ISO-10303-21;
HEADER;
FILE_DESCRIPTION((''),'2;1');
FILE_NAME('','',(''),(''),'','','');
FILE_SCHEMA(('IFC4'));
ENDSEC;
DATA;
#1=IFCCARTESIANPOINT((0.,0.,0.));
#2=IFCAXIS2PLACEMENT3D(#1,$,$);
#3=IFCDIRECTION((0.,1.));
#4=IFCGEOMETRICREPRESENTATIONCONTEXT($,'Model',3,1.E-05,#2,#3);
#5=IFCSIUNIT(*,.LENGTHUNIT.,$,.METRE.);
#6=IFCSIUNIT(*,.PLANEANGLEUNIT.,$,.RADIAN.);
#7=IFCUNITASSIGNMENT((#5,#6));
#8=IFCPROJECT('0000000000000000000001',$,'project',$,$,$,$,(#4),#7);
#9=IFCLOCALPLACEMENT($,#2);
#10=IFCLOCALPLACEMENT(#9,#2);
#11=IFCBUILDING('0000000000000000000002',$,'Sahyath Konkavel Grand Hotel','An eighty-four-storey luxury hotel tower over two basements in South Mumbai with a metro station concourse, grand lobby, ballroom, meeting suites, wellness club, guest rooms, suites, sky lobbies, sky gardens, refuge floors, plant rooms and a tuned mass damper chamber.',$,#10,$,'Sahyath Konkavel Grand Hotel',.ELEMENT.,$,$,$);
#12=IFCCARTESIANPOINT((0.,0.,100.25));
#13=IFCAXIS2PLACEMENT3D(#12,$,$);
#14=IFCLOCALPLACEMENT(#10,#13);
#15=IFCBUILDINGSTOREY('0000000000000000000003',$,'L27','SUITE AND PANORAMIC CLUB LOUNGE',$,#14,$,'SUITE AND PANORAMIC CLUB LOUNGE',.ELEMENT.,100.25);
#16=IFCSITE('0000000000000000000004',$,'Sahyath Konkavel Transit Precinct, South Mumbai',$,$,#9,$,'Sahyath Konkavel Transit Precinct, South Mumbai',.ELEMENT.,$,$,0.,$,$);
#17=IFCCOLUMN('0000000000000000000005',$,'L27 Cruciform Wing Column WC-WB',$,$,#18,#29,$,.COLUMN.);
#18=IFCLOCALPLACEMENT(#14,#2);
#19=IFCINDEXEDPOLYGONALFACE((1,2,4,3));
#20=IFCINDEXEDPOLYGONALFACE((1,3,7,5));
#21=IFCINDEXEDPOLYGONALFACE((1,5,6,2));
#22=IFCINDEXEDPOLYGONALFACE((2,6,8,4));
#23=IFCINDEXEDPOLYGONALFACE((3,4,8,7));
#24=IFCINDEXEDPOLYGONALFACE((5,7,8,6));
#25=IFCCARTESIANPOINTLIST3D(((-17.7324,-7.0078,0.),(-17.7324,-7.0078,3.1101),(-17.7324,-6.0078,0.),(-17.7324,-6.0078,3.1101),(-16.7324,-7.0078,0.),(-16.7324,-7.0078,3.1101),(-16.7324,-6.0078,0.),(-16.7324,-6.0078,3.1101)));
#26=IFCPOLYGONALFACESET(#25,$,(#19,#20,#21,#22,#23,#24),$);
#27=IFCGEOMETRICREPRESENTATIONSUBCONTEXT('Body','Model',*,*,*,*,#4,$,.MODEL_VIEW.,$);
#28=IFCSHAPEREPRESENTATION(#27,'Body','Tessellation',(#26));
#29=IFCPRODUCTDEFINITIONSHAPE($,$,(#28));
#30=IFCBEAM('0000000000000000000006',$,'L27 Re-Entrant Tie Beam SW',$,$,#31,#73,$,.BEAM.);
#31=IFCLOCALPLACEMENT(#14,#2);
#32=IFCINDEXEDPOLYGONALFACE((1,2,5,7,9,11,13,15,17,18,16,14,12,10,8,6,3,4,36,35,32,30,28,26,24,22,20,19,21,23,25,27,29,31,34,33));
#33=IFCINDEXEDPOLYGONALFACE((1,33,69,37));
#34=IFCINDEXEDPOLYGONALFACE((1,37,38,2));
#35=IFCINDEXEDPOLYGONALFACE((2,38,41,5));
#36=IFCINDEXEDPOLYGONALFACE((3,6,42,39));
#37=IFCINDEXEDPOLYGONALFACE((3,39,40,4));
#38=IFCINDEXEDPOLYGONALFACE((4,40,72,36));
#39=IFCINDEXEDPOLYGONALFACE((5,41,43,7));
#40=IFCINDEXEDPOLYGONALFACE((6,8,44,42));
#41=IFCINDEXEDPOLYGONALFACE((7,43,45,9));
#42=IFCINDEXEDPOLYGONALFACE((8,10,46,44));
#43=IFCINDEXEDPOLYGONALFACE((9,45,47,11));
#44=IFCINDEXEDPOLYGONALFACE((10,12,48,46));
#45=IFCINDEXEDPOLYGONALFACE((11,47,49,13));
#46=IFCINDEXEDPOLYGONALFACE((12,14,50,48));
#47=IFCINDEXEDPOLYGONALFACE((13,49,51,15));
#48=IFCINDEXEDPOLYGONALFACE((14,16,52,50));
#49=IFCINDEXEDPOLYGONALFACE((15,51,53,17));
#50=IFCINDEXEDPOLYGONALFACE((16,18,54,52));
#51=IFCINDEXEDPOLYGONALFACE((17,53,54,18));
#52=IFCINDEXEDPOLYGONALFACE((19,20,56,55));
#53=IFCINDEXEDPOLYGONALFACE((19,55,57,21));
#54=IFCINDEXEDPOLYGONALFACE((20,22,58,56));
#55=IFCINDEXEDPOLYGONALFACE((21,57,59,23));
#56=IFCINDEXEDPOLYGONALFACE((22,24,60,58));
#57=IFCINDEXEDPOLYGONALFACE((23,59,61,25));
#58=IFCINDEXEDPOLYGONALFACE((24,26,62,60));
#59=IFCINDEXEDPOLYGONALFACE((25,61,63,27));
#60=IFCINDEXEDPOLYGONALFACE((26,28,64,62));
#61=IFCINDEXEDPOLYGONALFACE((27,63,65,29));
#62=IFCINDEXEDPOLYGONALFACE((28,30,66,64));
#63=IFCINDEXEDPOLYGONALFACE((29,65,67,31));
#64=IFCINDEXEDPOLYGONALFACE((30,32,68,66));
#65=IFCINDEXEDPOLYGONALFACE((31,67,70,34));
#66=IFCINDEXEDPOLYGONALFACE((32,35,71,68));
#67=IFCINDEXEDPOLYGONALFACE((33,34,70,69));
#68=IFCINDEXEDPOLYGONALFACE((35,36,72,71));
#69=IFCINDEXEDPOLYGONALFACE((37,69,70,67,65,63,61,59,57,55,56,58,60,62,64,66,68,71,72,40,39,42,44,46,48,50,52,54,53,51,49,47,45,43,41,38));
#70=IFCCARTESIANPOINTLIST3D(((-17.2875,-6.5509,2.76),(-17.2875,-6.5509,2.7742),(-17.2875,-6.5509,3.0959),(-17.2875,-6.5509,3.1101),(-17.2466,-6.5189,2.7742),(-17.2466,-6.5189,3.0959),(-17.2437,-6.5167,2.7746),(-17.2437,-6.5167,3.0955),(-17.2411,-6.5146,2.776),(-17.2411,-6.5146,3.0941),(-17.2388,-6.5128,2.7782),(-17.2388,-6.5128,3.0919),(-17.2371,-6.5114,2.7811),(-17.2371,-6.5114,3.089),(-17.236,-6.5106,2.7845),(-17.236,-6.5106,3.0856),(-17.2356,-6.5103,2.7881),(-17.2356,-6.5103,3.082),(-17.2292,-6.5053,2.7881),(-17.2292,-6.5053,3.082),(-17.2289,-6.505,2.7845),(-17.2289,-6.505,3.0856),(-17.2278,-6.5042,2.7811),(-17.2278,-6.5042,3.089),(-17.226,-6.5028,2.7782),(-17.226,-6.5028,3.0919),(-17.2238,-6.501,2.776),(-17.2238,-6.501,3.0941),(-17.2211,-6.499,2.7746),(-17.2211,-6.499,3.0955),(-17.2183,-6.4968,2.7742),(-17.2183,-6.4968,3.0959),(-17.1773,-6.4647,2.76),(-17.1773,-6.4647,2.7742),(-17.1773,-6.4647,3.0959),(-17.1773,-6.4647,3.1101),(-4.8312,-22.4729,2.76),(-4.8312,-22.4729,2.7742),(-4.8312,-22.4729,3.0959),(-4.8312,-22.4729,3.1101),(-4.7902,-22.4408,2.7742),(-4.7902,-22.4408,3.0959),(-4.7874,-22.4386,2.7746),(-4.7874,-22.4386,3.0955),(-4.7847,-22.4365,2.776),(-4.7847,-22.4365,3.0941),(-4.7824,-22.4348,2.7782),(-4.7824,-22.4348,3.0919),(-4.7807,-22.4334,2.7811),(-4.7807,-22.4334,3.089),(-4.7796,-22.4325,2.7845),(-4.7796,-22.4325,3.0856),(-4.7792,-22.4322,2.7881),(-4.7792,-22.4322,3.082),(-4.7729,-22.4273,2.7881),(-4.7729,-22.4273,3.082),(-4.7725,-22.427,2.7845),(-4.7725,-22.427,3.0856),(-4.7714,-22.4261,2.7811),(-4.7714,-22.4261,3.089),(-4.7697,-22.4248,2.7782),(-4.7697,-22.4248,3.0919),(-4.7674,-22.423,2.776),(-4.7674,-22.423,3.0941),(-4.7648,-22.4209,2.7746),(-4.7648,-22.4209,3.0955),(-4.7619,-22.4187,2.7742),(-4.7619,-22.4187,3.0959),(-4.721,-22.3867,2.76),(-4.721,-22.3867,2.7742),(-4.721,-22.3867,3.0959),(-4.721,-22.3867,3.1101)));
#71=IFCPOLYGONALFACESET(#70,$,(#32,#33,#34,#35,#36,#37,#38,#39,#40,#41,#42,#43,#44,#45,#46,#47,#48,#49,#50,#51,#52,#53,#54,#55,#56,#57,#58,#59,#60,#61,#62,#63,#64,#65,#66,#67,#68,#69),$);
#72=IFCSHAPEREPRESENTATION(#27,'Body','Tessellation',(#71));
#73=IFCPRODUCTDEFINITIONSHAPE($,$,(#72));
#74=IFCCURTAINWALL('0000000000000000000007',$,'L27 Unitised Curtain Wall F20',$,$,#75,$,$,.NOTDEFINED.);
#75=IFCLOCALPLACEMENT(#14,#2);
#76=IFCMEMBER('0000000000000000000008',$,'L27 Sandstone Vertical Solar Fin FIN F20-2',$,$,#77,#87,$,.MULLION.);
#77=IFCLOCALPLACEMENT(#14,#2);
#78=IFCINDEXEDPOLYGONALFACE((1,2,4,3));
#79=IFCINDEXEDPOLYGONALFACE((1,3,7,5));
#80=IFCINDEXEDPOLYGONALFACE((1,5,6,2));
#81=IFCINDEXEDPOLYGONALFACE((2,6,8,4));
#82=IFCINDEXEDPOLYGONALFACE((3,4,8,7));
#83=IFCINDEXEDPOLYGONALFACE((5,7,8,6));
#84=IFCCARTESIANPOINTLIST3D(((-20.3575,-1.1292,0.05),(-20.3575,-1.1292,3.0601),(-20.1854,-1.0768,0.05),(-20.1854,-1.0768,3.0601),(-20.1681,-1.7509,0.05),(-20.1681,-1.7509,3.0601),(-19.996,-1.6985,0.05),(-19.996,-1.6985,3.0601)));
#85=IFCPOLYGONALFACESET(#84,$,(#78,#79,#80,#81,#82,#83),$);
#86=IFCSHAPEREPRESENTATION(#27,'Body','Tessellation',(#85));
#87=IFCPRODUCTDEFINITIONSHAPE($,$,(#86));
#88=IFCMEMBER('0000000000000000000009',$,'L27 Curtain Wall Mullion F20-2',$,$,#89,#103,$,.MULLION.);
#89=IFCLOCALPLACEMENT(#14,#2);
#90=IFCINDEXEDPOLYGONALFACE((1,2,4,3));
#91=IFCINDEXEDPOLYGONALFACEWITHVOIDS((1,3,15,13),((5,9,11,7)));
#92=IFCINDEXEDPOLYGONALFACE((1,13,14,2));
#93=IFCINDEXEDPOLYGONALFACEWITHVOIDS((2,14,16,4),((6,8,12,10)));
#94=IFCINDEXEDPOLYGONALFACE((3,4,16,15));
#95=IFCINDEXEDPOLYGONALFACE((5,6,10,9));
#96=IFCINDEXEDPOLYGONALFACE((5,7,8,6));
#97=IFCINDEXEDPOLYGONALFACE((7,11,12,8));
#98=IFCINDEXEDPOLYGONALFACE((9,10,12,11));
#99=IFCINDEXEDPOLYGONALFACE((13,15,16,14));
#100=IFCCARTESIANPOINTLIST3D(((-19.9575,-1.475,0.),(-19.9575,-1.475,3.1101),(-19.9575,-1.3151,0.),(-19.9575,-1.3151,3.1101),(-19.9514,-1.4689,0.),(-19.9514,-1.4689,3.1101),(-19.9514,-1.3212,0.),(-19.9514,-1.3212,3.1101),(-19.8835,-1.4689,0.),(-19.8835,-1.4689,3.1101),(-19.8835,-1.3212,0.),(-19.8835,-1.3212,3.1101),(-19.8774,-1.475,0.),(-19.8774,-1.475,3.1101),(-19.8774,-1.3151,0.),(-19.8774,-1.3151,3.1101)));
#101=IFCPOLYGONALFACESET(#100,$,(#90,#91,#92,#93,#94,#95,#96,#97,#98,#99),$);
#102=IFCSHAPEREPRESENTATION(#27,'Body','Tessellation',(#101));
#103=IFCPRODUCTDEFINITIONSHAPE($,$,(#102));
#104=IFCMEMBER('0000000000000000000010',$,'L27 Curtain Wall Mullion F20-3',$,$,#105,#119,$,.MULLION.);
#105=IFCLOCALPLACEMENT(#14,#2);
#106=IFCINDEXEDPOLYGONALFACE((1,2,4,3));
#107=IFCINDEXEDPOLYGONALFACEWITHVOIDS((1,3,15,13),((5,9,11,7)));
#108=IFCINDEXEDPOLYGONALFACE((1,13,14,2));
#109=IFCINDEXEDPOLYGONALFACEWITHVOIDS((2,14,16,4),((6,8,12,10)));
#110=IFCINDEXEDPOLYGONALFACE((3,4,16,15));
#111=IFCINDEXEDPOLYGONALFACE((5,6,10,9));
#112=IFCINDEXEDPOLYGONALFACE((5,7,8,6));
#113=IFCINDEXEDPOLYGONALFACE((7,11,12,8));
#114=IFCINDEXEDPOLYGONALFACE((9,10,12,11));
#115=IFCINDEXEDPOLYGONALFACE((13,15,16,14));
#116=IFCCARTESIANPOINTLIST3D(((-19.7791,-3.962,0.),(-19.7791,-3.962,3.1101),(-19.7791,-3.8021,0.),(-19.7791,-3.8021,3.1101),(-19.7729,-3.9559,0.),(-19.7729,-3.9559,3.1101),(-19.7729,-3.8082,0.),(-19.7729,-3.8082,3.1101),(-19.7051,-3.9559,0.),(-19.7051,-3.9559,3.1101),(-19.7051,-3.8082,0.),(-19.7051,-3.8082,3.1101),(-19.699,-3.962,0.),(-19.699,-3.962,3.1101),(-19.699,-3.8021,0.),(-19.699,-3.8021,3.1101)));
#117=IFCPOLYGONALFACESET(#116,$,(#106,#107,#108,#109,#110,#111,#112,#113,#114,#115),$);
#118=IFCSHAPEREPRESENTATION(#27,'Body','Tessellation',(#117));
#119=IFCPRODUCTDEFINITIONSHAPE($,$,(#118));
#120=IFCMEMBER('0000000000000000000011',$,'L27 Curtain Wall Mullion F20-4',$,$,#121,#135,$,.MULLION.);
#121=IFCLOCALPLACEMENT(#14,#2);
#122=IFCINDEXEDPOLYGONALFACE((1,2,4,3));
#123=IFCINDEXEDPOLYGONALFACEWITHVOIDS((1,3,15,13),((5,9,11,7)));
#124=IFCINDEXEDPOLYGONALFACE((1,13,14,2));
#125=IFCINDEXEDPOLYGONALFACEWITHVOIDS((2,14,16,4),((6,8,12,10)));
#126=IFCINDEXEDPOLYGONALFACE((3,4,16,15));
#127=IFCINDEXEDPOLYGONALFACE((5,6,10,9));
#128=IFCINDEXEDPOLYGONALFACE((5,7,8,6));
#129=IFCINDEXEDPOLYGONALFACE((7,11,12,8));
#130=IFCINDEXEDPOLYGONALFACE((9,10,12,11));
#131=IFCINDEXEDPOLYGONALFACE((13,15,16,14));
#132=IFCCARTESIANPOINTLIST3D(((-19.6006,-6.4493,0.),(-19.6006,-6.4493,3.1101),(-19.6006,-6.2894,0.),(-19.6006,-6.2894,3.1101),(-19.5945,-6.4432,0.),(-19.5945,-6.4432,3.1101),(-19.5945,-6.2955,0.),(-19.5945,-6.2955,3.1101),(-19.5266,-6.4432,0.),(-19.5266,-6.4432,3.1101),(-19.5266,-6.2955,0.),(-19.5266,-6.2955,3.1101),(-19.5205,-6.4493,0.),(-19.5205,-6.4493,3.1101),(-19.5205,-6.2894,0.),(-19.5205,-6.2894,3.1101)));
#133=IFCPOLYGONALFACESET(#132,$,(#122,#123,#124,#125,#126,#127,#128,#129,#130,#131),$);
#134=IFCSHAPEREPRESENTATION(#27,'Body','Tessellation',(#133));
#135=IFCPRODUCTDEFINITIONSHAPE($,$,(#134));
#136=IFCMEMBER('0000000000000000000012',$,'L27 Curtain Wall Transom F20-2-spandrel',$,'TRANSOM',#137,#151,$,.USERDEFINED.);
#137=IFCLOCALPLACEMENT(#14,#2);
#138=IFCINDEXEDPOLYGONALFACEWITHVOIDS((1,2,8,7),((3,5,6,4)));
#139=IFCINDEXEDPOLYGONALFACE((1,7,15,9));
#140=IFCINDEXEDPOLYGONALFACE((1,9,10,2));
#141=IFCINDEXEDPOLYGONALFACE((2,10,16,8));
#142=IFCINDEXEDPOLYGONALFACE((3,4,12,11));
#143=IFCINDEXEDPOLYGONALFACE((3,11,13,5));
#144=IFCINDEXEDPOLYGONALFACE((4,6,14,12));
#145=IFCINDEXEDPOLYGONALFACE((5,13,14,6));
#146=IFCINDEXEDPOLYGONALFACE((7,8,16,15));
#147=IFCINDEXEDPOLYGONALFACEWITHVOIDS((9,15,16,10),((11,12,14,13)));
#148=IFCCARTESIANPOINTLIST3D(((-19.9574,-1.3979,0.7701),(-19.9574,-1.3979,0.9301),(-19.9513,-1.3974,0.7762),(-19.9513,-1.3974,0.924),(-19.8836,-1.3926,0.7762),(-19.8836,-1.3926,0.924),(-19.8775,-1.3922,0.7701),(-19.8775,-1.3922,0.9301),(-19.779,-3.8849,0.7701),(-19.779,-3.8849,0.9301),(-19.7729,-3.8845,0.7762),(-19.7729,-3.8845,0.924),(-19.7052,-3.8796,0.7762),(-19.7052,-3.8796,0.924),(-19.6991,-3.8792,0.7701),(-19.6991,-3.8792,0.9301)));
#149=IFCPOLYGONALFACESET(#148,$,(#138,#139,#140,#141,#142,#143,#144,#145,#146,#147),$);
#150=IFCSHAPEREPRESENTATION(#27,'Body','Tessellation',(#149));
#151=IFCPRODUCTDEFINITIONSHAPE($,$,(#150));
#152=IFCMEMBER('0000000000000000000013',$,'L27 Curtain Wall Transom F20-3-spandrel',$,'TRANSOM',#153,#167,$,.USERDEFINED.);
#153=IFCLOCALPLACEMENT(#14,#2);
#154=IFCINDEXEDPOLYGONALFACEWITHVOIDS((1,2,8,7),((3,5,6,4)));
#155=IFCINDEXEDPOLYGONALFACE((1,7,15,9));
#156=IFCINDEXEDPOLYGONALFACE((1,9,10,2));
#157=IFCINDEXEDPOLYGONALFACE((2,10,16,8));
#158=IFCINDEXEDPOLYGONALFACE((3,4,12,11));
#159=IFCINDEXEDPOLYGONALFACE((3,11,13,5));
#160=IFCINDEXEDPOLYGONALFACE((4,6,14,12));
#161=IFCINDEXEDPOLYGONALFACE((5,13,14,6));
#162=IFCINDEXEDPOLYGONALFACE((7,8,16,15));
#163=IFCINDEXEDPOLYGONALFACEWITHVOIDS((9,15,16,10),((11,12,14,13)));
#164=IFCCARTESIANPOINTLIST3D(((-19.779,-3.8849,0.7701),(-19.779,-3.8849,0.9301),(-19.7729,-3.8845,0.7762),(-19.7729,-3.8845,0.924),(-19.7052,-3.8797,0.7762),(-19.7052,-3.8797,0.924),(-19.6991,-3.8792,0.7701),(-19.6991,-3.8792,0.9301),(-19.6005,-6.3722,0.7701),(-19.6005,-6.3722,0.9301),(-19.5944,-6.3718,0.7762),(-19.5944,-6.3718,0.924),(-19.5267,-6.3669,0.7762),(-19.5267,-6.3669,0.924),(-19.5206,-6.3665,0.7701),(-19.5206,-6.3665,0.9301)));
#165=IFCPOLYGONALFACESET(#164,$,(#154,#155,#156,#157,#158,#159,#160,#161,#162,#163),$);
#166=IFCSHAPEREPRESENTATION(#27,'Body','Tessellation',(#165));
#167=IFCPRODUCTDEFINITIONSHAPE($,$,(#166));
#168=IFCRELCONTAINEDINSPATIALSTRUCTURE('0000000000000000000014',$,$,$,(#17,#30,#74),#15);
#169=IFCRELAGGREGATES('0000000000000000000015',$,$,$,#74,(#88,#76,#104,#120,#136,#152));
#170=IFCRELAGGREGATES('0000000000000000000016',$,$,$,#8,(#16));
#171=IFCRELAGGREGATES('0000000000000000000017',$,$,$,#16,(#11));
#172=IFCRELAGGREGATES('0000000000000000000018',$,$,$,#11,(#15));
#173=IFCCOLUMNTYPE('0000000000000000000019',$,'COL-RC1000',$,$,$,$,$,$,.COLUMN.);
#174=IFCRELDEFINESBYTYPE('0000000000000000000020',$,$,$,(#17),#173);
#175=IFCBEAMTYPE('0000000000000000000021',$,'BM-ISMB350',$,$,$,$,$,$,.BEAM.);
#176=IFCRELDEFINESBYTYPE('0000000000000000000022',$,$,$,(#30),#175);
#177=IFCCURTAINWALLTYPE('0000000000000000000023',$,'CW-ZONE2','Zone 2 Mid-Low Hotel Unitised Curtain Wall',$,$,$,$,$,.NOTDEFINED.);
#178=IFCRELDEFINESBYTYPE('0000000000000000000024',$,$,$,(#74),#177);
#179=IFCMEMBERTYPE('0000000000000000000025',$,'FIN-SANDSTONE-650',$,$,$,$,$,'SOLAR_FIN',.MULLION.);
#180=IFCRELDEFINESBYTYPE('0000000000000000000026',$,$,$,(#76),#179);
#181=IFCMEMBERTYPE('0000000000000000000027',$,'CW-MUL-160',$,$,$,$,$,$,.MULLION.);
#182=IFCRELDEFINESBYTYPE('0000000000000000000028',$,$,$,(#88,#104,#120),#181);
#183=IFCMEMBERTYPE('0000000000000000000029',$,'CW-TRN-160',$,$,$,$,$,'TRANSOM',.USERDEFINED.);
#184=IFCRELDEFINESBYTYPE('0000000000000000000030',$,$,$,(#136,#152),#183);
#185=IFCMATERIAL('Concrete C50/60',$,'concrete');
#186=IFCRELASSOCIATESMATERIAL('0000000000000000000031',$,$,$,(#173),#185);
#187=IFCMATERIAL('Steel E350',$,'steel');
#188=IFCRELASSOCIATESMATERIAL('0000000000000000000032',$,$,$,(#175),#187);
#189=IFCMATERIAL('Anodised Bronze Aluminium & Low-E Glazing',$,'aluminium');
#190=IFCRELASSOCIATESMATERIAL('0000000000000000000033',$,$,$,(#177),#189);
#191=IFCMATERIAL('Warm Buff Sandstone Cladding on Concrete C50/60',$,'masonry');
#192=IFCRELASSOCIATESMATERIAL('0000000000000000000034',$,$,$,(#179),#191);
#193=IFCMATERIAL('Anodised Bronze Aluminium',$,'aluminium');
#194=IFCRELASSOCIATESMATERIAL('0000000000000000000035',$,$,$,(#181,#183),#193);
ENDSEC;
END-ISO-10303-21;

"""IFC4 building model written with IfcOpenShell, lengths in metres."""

from ifc_helpers import new_model, si_unit, direction, frame, origin, origin_2d, place, context, subcontext, project, spatial, rectangle, hollow_rectangle, i_section, extrude, source, transform, mapped, material, material_profile, profile_set, type_object, element, aggregate, save


model = new_model("IFC4")

# Units and contexts
model_context = context("Model", 3, precision=1e-05, world=origin(), true_north=direction((0.0, 1.0)))
body_context = subcontext(model_context, "Body", "Model", "MODEL_VIEW")
ifc_project = project(units=[si_unit("LENGTHUNIT", "METRE"), si_unit("PLANEANGLEUNIT", "RADIAN")], contexts=[model_context])

# Site, building, storey
site_placement = place(None, origin())
site = spatial("IfcSite", under=ifc_project, at=site_placement, Name="Sahyath Konkavel Transit Precinct, South Mumbai", LongName="Sahyath Konkavel Transit Precinct, South Mumbai", CompositionType="ELEMENT", RefElevation=0.0)
building_placement = place(site_placement, origin())
building = spatial("IfcBuilding", under=site, at=building_placement, Name="Sahyath Konkavel Grand Hotel", Description="An eighty-four-storey luxury hotel tower over two basements in South Mumbai with a metro station concourse, grand lobby, ballroom, meeting suites, wellness club, guest rooms, suites, sky lobbies, sky gardens, refuge floors, plant rooms and a tuned mass damper chamber.", LongName="Sahyath Konkavel Grand Hotel", CompositionType="ELEMENT")
storey_placement = place(building_placement, frame((0.0, 0.0, 100.25)))
storey = spatial("IfcBuildingStorey", under=building, at=storey_placement, Name="L27", Description="SUITE AND PANORAMIC CLUB LOUNGE", LongName="SUITE AND PANORAMIC CLUB LOUNGE", CompositionType="ELEMENT", Elevation=100.25)

# Column
ifc_material_1 = material(Name="Concrete C50/60", Category="concrete")
ifc_material_profile_1 = material_profile(ifc_material_1, rectangle(XDim=1.0, YDim=1.0, at=origin_2d()), Name="RC 1000x1000")
ifc_profile_set_1 = profile_set([ifc_material_profile_1], Name="Concrete C50/60")
column_type = type_object("IfcColumnType", Name="COL-RC1000", PredefinedType="COLUMN", material=ifc_profile_set_1)
shared_shape_1 = source(origin(), body_context, "Body", "SweptSolid", [
    extrude(rectangle(XDim=1.0, YDim=1.0, at=origin_2d()), origin(), (0.0, 0.0, 1.0), 3.1101),
])
column_placement = place(storey_placement, frame((-17.2324, -6.5078, 0.0), z_axis=(0.0, 0.0, 1.0), x_axis=(1.0, 0.0, 0.0)))
element("IfcColumn", 1, at=column_placement, inside=storey, type_object=column_type, Name="L27 Cruciform Wing Column WC-WB", PredefinedType="COLUMN", context=body_context, shape_type="MappedRepresentation", body=[
    mapped(shared_shape_1, transform((0.0, 0.0, 0.0), scale=1.0)),
])

# Beam
ifc_material_2 = material(Name="Steel E350", Category="steel")
ifc_material_profile_2 = material_profile(ifc_material_2, i_section(OverallWidth=0.1399, OverallDepth=0.3501, WebThickness=0.0081, FlangeThickness=0.0142, FilletRadius=0.0139, at=origin_2d()), Name="ISMB 350")
ifc_profile_set_2 = profile_set([ifc_material_profile_2], Name="Steel E350")
beam_type_1 = type_object("IfcBeamType", Name="BM-ISMB350", PredefinedType="BEAM", material=ifc_profile_set_2)
shared_shape_2 = source(origin(), body_context, "Body", "SweptSolid", [
    extrude(i_section(OverallWidth=0.1399, OverallDepth=0.3501, WebThickness=0.0081, FlangeThickness=0.0142, FilletRadius=0.0139, at=origin_2d()), origin(), (0.0, 0.0, 1.0), 20.2156),
])
beam_1_placement = place(storey_placement, frame((-17.2324, -6.5078, 2.9351), z_axis=(0.616176, -0.787608, 0.0), x_axis=(0.787608, 0.616176, 0.0)))
element("IfcBeam", 2, at=beam_1_placement, inside=storey, type_object=beam_type_1, Name="L27 Re-Entrant Tie Beam SW", PredefinedType="BEAM", context=body_context, shape_type="MappedRepresentation", body=[
    mapped(shared_shape_2, transform((0.0, 0.0, 0.0), scale=1.0)),
])

# Curtain wall, members
ifc_material_3 = material(Name="Anodised Bronze Aluminium & Low-E Glazing", Category="aluminium")
curtain_wall_type = type_object("IfcCurtainWallType", Name="CW-ZONE2", Description="Zone 2 Mid-Low Hotel Unitised Curtain Wall", PredefinedType="NOTDEFINED", material=ifc_material_3)
curtain_wall_1_placement = place(storey_placement, origin())
curtain_wall_1 = element("IfcCurtainWall", 3, at=curtain_wall_1_placement, inside=storey, type_object=curtain_wall_type, Name="L27 Unitised Curtain Wall F20", PredefinedType="NOTDEFINED")
ifc_material_4 = material(Name="Warm Buff Sandstone Cladding on Concrete C50/60", Category="masonry")
ifc_material_profile_3 = material_profile(ifc_material_4, rectangle(XDim=0.1799, YDim=0.6499, at=origin_2d()), Name="FIN 180x650")
ifc_profile_set_3 = profile_set([ifc_material_profile_3], Name="Warm Buff Sandstone Cladding on Concrete C50/60")
member_type_1 = type_object("IfcMemberType", Name="FIN-SANDSTONE-650", ElementType="SOLAR_FIN", PredefinedType="MULLION", material=ifc_profile_set_3)
shared_shape_3 = source(origin(), body_context, "Body", "SweptSolid", [
    extrude(rectangle(XDim=0.1799, YDim=0.6499, at=origin_2d()), origin(), (0.0, 0.0, 1.0), 3.01),
])
member_1_placement = place(storey_placement, frame((-20.1768, -1.4138, 0.05), z_axis=(0.0, 0.0, 1.0), x_axis=(0.95661, 0.29137, 0.0)))
member_1 = element("IfcMember", 4, at=member_1_placement, type_object=member_type_1, Name="L27 Sandstone Vertical Solar Fin FIN F20-2", PredefinedType="MULLION", context=body_context, shape_type="MappedRepresentation", body=[
    mapped(shared_shape_3, transform((0.0, 0.0, 0.0), scale=1.0)),
])
ifc_material_5 = material(Name="Anodised Bronze Aluminium", Category="aluminium")
ifc_material_profile_4 = material_profile(ifc_material_5, hollow_rectangle(XDim=0.0801, YDim=0.1599, WallThickness=0.0061, at=origin_2d()), Name="RHS 160x80x6")
ifc_profile_set_4 = profile_set([ifc_material_profile_4], Name="Anodised Bronze Aluminium")
member_type_2 = type_object("IfcMemberType", Name="CW-MUL-160", PredefinedType="MULLION", material=ifc_profile_set_4)
shared_shape_4 = source(origin(), body_context, "Body", "SweptSolid", [
    extrude(hollow_rectangle(XDim=0.0801, YDim=0.1599, WallThickness=0.0061, at=origin_2d()), origin(), (0.0, 0.0, 1.0), 3.1101),
])
member_2_placement = place(storey_placement, frame((-19.9175, -1.395, 0.0), z_axis=(0.0, 0.0, 1.0), x_axis=(1.0, 0.0, 0.0)))
member_2 = element("IfcMember", 5, at=member_2_placement, type_object=member_type_2, Name="L27 Curtain Wall Mullion F20-2", PredefinedType="MULLION", context=body_context, shape_type="MappedRepresentation", body=[
    mapped(shared_shape_4, transform((0.0, 0.0, 0.0), scale=1.0)),
])
member_3_placement = place(storey_placement, frame((-19.739, -3.8821, 0.0), z_axis=(0.0, 0.0, 1.0), x_axis=(1.0, 0.0, 0.0)))
member_3 = element("IfcMember", 6, at=member_3_placement, type_object=member_type_2, Name="L27 Curtain Wall Mullion F20-3", PredefinedType="MULLION", context=body_context, shape_type="MappedRepresentation", body=[
    mapped(shared_shape_4, transform((0.0, 0.0, 0.0), scale=1.0)),
])
member_4_placement = place(storey_placement, frame((-19.5605, -6.3694, 0.0), z_axis=(0.0, 0.0, 1.0), x_axis=(1.0, 0.0, 0.0)))
member_4 = element("IfcMember", 7, at=member_4_placement, type_object=member_type_2, Name="L27 Curtain Wall Mullion F20-4", PredefinedType="MULLION", context=body_context, shape_type="MappedRepresentation", body=[
    mapped(shared_shape_4, transform((0.0, 0.0, 0.0), scale=1.0)),
])
ifc_material_profile_5 = material_profile(ifc_material_5, hollow_rectangle(XDim=0.0801, YDim=0.1599, WallThickness=0.0061, at=origin_2d()), Name="RHS 160x80x6")
ifc_profile_set_5 = profile_set([ifc_material_profile_5], Name="Anodised Bronze Aluminium")
member_type_3 = type_object("IfcMemberType", Name="CW-TRN-160", ElementType="TRANSOM", PredefinedType="USERDEFINED", material=ifc_profile_set_5)
shared_shape_5 = source(origin(), body_context, "Body", "SweptSolid", [
    extrude(hollow_rectangle(XDim=0.0801, YDim=0.1599, WallThickness=0.0061, at=origin_2d()), origin(), (0.0, 0.0, 1.0), 2.4934),
])
member_5_placement = place(storey_placement, frame((-19.9175, -1.395, 0.8501), z_axis=(0.071574, -0.997435, 0.0), x_axis=(0.997435, 0.071574, 0.0)))
member_5 = element("IfcMember", 8, at=member_5_placement, type_object=member_type_3, Name="L27 Curtain Wall Transom F20-2-spandrel", ObjectType="TRANSOM", PredefinedType="USERDEFINED", context=body_context, shape_type="MappedRepresentation", body=[
    mapped(shared_shape_5, transform((0.0, 0.0, 0.0), scale=1.0)),
])
shared_shape_6 = source(origin(), body_context, "Body", "SweptSolid", [
    extrude(hollow_rectangle(XDim=0.0801, YDim=0.1599, WallThickness=0.0061, at=origin_2d()), origin(), (0.0, 0.0, 1.0), 2.4937),
])
member_6_placement = place(storey_placement, frame((-19.739, -3.8821, 0.8501), z_axis=(0.071567, -0.997436, 0.0), x_axis=(0.997436, 0.071567, 0.0)))
member_6 = element("IfcMember", 9, at=member_6_placement, type_object=member_type_3, Name="L27 Curtain Wall Transom F20-3-spandrel", ObjectType="TRANSOM", PredefinedType="USERDEFINED", context=body_context, shape_type="MappedRepresentation", body=[
    mapped(shared_shape_6, transform((0.0, 0.0, 0.0), scale=1.0)),
])

aggregate(curtain_wall_1, [member_2, member_1, member_3, member_4, member_5, member_6])

save(model, "model.ifc")
